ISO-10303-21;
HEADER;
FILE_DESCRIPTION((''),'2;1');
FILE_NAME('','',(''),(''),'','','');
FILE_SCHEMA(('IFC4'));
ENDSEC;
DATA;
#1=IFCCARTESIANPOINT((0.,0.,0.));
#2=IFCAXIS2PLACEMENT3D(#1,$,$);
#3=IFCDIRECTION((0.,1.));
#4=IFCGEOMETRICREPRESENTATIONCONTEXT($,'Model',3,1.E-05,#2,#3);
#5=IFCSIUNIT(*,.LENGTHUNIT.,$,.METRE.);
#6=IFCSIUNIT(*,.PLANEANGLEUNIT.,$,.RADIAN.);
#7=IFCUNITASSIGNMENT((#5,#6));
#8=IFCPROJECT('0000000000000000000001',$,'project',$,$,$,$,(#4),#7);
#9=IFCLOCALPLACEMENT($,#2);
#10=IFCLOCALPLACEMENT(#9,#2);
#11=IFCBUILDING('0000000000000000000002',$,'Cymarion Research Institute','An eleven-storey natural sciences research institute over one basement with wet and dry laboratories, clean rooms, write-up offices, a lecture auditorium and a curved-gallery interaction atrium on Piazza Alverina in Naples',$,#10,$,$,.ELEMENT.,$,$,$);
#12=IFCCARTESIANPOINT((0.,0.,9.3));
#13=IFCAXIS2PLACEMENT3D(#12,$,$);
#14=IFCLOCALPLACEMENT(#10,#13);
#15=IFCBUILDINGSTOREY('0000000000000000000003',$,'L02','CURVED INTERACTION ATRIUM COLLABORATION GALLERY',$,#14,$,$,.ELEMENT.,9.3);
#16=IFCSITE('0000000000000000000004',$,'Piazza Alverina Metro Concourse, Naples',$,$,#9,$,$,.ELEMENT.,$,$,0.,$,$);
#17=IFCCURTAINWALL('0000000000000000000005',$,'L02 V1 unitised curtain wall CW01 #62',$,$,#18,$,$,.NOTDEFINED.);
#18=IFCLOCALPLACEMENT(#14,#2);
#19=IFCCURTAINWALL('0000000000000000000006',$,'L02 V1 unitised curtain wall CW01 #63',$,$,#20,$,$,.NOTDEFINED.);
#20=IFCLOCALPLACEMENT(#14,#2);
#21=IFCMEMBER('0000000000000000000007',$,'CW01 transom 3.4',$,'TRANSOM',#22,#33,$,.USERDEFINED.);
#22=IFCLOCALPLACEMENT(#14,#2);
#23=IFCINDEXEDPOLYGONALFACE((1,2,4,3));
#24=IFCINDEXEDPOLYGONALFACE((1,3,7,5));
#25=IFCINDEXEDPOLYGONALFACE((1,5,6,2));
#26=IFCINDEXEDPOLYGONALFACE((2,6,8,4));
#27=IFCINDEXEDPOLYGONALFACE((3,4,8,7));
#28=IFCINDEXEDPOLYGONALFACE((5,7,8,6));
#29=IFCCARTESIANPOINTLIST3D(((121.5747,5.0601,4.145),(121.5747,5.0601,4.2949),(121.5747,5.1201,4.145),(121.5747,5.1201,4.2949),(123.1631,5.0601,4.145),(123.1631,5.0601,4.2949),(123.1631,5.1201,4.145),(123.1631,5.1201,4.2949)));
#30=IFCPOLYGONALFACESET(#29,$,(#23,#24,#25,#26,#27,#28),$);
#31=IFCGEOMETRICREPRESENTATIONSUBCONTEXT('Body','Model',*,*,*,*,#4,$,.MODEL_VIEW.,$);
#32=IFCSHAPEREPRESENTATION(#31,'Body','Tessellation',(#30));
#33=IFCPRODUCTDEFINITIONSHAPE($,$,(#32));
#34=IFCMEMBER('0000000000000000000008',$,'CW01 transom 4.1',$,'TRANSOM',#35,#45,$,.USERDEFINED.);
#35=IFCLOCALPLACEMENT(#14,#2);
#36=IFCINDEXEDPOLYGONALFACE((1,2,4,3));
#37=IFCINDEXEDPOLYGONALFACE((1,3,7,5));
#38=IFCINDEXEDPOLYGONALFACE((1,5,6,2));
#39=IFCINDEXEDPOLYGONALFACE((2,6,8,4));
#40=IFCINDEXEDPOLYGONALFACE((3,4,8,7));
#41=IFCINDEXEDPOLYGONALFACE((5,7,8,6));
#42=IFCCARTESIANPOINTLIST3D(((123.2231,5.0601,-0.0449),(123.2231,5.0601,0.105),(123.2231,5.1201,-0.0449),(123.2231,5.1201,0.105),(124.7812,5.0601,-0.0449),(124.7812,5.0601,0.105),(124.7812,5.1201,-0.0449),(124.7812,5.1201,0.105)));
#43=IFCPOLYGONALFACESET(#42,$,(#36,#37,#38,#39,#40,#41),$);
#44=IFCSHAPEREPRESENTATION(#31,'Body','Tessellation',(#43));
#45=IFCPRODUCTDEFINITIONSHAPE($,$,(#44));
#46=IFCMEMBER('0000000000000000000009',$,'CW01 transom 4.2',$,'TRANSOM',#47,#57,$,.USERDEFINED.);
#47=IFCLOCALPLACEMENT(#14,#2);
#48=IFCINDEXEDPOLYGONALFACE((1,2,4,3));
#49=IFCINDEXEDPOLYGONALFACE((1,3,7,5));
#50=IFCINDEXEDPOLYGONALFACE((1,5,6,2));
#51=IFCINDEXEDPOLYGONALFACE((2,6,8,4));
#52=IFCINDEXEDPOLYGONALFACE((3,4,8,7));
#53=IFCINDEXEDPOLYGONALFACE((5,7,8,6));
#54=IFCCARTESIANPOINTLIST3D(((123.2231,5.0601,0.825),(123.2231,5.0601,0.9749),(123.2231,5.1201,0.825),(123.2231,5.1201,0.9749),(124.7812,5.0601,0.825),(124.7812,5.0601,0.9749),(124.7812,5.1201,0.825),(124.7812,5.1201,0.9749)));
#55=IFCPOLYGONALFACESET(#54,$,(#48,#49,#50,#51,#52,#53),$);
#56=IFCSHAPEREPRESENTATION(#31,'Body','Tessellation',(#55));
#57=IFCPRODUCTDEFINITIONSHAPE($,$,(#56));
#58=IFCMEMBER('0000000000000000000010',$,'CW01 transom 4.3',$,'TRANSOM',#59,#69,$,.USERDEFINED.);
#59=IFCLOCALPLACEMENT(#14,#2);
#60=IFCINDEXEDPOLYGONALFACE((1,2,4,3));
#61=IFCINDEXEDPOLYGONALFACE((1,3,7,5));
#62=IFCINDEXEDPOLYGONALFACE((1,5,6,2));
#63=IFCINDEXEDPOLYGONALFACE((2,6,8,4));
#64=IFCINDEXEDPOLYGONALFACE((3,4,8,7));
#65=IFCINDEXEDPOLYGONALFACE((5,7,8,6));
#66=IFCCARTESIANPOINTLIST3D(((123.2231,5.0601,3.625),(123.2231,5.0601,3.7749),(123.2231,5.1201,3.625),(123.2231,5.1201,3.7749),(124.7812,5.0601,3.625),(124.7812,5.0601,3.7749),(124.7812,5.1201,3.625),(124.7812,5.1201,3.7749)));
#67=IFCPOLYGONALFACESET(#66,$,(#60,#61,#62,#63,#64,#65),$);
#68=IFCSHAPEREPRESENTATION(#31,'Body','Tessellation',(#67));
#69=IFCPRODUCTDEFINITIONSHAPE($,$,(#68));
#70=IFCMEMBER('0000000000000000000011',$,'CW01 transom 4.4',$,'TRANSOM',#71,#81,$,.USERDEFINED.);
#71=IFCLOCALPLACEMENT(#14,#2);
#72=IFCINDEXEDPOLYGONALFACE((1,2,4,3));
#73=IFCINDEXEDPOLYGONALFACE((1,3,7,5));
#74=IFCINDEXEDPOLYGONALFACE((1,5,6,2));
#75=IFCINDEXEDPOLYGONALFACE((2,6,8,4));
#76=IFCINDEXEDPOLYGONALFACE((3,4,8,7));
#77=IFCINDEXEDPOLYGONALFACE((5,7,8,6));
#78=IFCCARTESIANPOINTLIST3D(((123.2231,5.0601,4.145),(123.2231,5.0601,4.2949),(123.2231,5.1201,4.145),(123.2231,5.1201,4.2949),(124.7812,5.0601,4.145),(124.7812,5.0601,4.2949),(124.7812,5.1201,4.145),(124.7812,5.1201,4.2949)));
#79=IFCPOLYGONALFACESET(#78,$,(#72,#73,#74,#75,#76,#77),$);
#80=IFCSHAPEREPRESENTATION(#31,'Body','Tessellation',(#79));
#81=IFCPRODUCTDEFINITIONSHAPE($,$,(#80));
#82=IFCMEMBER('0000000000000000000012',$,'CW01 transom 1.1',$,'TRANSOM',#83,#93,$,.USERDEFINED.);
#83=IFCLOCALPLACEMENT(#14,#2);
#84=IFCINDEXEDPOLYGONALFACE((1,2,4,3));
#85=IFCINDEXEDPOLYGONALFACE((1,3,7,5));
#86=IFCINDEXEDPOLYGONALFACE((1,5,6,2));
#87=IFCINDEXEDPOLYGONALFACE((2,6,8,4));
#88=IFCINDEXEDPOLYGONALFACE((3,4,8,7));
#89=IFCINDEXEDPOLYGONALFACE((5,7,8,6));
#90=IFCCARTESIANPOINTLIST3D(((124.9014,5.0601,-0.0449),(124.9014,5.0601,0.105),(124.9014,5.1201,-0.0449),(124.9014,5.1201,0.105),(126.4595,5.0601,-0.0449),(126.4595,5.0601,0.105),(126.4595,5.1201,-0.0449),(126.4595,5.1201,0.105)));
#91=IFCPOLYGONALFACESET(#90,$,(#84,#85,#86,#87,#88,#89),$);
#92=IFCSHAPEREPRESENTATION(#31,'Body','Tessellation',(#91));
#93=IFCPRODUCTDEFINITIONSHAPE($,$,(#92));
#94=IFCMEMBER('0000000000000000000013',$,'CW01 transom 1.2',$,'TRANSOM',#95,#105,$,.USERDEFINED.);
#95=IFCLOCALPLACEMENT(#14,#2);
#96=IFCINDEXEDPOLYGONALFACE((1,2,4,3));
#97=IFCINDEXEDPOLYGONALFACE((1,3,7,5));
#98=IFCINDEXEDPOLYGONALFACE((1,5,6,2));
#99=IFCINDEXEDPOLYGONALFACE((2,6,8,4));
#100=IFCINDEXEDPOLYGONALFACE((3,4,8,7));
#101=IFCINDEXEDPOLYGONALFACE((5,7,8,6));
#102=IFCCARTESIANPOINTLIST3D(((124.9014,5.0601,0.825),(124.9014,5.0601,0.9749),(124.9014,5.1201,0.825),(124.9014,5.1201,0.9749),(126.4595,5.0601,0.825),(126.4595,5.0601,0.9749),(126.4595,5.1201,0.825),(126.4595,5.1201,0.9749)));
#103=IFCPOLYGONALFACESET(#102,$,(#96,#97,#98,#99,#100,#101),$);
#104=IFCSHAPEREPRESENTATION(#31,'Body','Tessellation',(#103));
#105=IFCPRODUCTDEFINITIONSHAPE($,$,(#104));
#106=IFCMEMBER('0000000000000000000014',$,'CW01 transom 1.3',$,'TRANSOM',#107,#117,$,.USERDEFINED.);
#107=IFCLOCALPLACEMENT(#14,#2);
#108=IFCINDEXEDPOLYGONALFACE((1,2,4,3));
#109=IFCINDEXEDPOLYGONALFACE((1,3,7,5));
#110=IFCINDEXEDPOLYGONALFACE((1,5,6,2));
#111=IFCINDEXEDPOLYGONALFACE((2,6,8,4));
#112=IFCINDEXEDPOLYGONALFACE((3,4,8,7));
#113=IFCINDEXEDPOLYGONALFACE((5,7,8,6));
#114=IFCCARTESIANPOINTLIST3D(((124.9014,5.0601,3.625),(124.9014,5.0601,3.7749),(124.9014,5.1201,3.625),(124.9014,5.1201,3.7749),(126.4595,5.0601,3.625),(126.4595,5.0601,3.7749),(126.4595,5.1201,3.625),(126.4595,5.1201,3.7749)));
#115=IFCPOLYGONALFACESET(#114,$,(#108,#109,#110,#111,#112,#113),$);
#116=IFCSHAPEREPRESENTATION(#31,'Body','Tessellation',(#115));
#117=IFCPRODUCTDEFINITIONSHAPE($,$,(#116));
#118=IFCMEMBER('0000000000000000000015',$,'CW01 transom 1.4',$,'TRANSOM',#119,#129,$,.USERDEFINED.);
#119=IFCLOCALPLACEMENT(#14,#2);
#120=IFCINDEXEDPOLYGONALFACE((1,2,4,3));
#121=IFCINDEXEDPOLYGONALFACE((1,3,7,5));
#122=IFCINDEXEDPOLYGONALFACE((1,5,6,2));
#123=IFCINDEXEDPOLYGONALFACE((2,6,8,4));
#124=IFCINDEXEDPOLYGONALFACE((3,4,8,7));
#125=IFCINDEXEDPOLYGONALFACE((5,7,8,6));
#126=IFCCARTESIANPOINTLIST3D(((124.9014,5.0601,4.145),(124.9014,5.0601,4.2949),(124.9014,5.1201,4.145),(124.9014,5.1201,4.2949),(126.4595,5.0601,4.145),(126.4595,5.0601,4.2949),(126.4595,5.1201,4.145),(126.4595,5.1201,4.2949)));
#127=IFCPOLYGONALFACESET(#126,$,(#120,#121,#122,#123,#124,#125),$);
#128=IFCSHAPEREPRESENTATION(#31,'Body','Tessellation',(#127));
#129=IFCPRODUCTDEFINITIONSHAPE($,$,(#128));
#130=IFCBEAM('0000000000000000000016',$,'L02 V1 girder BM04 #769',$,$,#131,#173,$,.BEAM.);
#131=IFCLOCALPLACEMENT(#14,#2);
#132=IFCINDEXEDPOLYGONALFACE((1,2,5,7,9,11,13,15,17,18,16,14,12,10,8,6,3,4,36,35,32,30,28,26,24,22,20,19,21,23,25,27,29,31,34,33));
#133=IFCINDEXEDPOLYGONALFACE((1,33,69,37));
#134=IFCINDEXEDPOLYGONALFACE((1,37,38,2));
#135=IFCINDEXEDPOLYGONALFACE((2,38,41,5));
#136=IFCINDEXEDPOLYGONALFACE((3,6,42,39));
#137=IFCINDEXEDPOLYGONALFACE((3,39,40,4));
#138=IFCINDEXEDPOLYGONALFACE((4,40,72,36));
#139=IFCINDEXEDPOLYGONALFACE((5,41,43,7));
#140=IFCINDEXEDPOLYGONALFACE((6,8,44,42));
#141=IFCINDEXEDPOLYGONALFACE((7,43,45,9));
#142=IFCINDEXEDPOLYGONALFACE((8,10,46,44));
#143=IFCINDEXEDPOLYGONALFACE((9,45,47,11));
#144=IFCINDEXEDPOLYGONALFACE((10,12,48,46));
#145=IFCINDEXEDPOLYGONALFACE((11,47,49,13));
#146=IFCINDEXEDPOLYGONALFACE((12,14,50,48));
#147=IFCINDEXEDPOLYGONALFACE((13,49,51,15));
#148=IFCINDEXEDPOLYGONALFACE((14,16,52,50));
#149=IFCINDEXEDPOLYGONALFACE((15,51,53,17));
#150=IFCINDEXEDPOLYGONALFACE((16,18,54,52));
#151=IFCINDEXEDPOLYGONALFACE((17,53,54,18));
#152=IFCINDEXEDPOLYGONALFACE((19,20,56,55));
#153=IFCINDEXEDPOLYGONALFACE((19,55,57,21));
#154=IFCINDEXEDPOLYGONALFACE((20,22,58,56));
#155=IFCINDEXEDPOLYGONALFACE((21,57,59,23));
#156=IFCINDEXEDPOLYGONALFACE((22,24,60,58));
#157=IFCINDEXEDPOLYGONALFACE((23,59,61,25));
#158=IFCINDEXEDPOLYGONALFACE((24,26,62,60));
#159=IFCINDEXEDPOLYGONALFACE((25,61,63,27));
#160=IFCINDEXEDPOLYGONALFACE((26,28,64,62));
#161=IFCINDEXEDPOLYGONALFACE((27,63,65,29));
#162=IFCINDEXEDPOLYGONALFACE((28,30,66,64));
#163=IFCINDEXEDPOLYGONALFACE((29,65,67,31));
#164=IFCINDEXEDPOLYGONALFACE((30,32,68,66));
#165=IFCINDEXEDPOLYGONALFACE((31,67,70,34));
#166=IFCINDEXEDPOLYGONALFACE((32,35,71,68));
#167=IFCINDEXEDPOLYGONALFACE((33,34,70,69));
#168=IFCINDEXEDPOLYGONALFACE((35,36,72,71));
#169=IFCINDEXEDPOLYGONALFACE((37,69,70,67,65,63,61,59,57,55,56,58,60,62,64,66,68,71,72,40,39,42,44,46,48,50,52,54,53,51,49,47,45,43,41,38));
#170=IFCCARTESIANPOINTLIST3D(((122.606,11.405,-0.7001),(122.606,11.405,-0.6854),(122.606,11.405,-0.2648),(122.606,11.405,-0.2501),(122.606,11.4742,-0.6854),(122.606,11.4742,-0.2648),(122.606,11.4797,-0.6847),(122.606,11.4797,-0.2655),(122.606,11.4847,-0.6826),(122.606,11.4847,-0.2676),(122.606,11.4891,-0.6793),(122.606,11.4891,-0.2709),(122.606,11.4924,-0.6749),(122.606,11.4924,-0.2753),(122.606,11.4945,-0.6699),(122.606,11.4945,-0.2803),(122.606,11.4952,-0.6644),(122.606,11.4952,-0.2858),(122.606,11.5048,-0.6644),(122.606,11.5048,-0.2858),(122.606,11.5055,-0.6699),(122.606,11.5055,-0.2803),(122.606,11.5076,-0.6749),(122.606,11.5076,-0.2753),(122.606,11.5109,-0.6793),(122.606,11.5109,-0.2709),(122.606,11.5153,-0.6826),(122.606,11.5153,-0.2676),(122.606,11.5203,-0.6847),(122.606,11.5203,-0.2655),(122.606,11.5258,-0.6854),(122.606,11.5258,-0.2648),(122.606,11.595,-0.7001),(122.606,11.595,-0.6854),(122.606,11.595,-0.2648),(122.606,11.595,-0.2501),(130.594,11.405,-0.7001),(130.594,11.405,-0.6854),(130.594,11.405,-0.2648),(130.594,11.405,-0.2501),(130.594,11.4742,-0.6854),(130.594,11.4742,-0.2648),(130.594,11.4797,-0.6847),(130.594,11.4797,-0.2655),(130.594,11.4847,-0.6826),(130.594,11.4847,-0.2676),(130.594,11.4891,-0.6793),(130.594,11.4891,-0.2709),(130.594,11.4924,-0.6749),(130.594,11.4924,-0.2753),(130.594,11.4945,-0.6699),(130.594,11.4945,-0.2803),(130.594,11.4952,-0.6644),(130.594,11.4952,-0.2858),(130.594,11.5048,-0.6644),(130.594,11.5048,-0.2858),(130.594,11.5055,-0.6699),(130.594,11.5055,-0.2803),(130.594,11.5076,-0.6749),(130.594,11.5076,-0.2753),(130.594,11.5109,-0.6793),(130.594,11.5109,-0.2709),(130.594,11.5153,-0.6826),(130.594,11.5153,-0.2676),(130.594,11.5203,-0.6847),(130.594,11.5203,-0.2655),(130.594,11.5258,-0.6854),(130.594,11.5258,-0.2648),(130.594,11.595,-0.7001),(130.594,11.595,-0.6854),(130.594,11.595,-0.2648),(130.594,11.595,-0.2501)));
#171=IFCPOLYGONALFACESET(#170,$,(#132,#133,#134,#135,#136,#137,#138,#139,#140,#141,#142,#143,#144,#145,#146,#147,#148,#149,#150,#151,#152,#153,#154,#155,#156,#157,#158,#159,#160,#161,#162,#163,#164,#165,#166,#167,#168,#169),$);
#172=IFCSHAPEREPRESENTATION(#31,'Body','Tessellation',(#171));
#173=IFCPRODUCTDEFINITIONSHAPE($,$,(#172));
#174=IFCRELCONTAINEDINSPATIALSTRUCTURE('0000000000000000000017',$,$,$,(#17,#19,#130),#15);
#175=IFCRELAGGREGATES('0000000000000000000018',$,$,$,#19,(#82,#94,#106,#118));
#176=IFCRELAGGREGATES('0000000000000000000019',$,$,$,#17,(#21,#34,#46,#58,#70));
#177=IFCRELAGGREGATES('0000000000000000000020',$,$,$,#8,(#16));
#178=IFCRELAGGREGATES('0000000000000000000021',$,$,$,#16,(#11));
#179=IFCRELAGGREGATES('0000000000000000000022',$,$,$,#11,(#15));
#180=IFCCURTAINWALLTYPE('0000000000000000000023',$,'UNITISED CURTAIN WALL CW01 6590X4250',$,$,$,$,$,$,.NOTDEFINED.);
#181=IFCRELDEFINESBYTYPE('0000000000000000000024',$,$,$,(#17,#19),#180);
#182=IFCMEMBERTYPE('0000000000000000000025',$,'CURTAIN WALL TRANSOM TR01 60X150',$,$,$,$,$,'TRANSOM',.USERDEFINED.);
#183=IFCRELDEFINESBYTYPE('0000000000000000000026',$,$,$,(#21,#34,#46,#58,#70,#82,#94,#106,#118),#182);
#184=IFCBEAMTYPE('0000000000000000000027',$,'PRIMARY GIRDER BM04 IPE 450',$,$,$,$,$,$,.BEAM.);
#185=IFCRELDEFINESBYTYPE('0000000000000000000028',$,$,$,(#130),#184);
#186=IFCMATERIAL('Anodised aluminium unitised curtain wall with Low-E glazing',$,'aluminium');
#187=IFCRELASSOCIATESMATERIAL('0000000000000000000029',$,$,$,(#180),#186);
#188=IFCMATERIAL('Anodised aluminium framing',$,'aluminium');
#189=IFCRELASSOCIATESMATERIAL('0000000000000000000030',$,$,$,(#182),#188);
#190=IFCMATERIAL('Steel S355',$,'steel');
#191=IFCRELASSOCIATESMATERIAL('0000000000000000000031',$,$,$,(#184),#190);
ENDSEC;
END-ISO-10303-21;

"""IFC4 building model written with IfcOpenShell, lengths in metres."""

from ifc_helpers import new_model, si_unit, direction, frame, origin, origin_2d, place, context, subcontext, project, spatial, rectangle, i_section, extrude, material, material_profile, profile_set, type_object, element, aggregate, save


model = new_model("IFC4")

# Units and contexts
model_context = context("Model", 3, precision=1e-05, world=origin(), true_north=direction((0.0, 1.0)))
body_context = subcontext(model_context, "Body", "Model", "MODEL_VIEW")
ifc_project = project(units=[si_unit("LENGTHUNIT", "METRE"), si_unit("PLANEANGLEUNIT", "RADIAN")], contexts=[model_context])

# Site, building, storey
site_placement = place(None, origin())
site = spatial("IfcSite", under=ifc_project, at=site_placement, Name="Piazza Alverina Metro Concourse, Naples", CompositionType="ELEMENT", RefElevation=0.0)
building_placement = place(site_placement, origin())
building = spatial("IfcBuilding", under=site, at=building_placement, Name="Cymarion Research Institute", Description="An eleven-storey natural sciences research institute over one basement with wet and dry laboratories, clean rooms, write-up offices, a lecture auditorium and a curved-gallery interaction atrium on Piazza Alverina in Naples", CompositionType="ELEMENT")
storey_placement = place(building_placement, frame((0.0, 0.0, 9.3)))
storey = spatial("IfcBuildingStorey", under=building, at=storey_placement, Name="L02", Description="CURVED INTERACTION ATRIUM COLLABORATION GALLERY", CompositionType="ELEMENT", Elevation=9.3)

# Shared definitions
ifc_material_1 = material(Name="Steel S355", Category="steel")

# Curtain wall
ifc_material_2 = material(Name="Anodised aluminium unitised curtain wall with Low-E glazing", Category="aluminium")
curtain_wall_type = type_object("IfcCurtainWallType", Name="UNITISED CURTAIN WALL CW01 6590X4250", PredefinedType="NOTDEFINED", material=ifc_material_2)
curtain_wall_1_placement = place(storey_placement, origin())
curtain_wall_1 = element("IfcCurtainWall", 1, at=curtain_wall_1_placement, inside=storey, type_object=curtain_wall_type, Name="L02 V1 unitised curtain wall CW01 #62", PredefinedType="NOTDEFINED")
ifc_material_3 = material(Name="Anodised aluminium framing", Category="aluminium")

# Curtain wall
curtain_wall_2_placement = place(storey_placement, origin())
curtain_wall_2 = element("IfcCurtainWall", 2, at=curtain_wall_2_placement, inside=storey, type_object=curtain_wall_type, Name="L02 V1 unitised curtain wall CW01 #63", PredefinedType="NOTDEFINED")

# Members
ifc_material_profile_1 = material_profile(ifc_material_3, rectangle(XDim=0.0601, YDim=0.1499, at=origin_2d()), Name="ALU TRANSOM 60x150")
ifc_profile_set_1 = profile_set([ifc_material_profile_1], Name="Anodised aluminium framing")
member_type_1 = type_object("IfcMemberType", Name="CURTAIN WALL TRANSOM TR01 60X150", ElementType="TRANSOM", PredefinedType="USERDEFINED", material=ifc_profile_set_1)
member_1_placement = place(storey_placement, frame((121.5747, 5.0901, 4.22), z_axis=(1.0, 0.0, 0.0), x_axis=(0.0, 1.0, 0.0)))
member_1 = element("IfcMember", 3, at=member_1_placement, type_object=member_type_1, Name="CW01 transom 3.4", ObjectType="TRANSOM", PredefinedType="USERDEFINED", context=body_context, shape_type="SweptSolid", body=[
    extrude(rectangle(XDim=0.0601, YDim=0.1499, at=origin_2d()), origin(), (0.0, 0.0, 1.0), 1.5884),
])
member_2_placement = place(storey_placement, frame((123.2231, 5.0901, 0.03), z_axis=(1.0, 0.0, 0.0), x_axis=(0.0, 1.0, 0.0)))
member_2 = element("IfcMember", 4, at=member_2_placement, type_object=member_type_1, Name="CW01 transom 4.1", ObjectType="TRANSOM", PredefinedType="USERDEFINED", context=body_context, shape_type="SweptSolid", body=[
    extrude(rectangle(XDim=0.0601, YDim=0.1499, at=origin_2d()), origin(), (0.0, 0.0, 1.0), 1.5581),
])
member_3_placement = place(storey_placement, frame((123.2231, 5.0901, 0.8999), z_axis=(1.0, 0.0, 0.0), x_axis=(0.0, 1.0, 0.0)))
member_3 = element("IfcMember", 5, at=member_3_placement, type_object=member_type_1, Name="CW01 transom 4.2", ObjectType="TRANSOM", PredefinedType="USERDEFINED", context=body_context, shape_type="SweptSolid", body=[
    extrude(rectangle(XDim=0.0601, YDim=0.1499, at=origin_2d()), origin(), (0.0, 0.0, 1.0), 1.5581),
])
member_4_placement = place(storey_placement, frame((123.2231, 5.0901, 3.7), z_axis=(1.0, 0.0, 0.0), x_axis=(0.0, 1.0, 0.0)))
member_4 = element("IfcMember", 6, at=member_4_placement, type_object=member_type_1, Name="CW01 transom 4.3", ObjectType="TRANSOM", PredefinedType="USERDEFINED", context=body_context, shape_type="SweptSolid", body=[
    extrude(rectangle(XDim=0.0601, YDim=0.1499, at=origin_2d()), origin(), (0.0, 0.0, 1.0), 1.5581),
])
member_5_placement = place(storey_placement, frame((123.2231, 5.0901, 4.22), z_axis=(1.0, 0.0, 0.0), x_axis=(0.0, 1.0, 0.0)))
member_5 = element("IfcMember", 7, at=member_5_placement, type_object=member_type_1, Name="CW01 transom 4.4", ObjectType="TRANSOM", PredefinedType="USERDEFINED", context=body_context, shape_type="SweptSolid", body=[
    extrude(rectangle(XDim=0.0601, YDim=0.1499, at=origin_2d()), origin(), (0.0, 0.0, 1.0), 1.5581),
])
member_6_placement = place(storey_placement, frame((124.9014, 5.0901, 0.03), z_axis=(1.0, 0.0, 0.0), x_axis=(0.0, 1.0, 0.0)))
member_6 = element("IfcMember", 8, at=member_6_placement, type_object=member_type_1, Name="CW01 transom 1.1", ObjectType="TRANSOM", PredefinedType="USERDEFINED", context=body_context, shape_type="SweptSolid", body=[
    extrude(rectangle(XDim=0.0601, YDim=0.1499, at=origin_2d()), origin(), (0.0, 0.0, 1.0), 1.5581),
])
member_7_placement = place(storey_placement, frame((124.9014, 5.0901, 0.8999), z_axis=(1.0, 0.0, 0.0), x_axis=(0.0, 1.0, 0.0)))
member_7 = element("IfcMember", 9, at=member_7_placement, type_object=member_type_1, Name="CW01 transom 1.2", ObjectType="TRANSOM", PredefinedType="USERDEFINED", context=body_context, shape_type="SweptSolid", body=[
    extrude(rectangle(XDim=0.0601, YDim=0.1499, at=origin_2d()), origin(), (0.0, 0.0, 1.0), 1.5581),
])
member_8_placement = place(storey_placement, frame((124.9014, 5.0901, 3.7), z_axis=(1.0, 0.0, 0.0), x_axis=(0.0, 1.0, 0.0)))
member_8 = element("IfcMember", 10, at=member_8_placement, type_object=member_type_1, Name="CW01 transom 1.3", ObjectType="TRANSOM", PredefinedType="USERDEFINED", context=body_context, shape_type="SweptSolid", body=[
    extrude(rectangle(XDim=0.0601, YDim=0.1499, at=origin_2d()), origin(), (0.0, 0.0, 1.0), 1.5581),
])
member_9_placement = place(storey_placement, frame((124.9014, 5.0901, 4.22), z_axis=(1.0, 0.0, 0.0), x_axis=(0.0, 1.0, 0.0)))
member_9 = element("IfcMember", 11, at=member_9_placement, type_object=member_type_1, Name="CW01 transom 1.4", ObjectType="TRANSOM", PredefinedType="USERDEFINED", context=body_context, shape_type="SweptSolid", body=[
    extrude(rectangle(XDim=0.0601, YDim=0.1499, at=origin_2d()), origin(), (0.0, 0.0, 1.0), 1.5581),
])
aggregate(curtain_wall_2, [member_6, member_7, member_8, member_9])

# Beam
ifc_material_profile_2 = material_profile(ifc_material_1, i_section(OverallWidth=0.1899, OverallDepth=0.45, WebThickness=0.0095, FlangeThickness=0.0146, FilletRadius=0.021, at=origin_2d()), Name="IPE 450")
ifc_profile_set_2 = profile_set([ifc_material_profile_2], Name="Steel S355")
beam_type_1 = type_object("IfcBeamType", Name="PRIMARY GIRDER BM04 IPE 450", PredefinedType="BEAM", material=ifc_profile_set_2)
beam_1_placement = place(storey_placement, frame((122.606, 11.5, -0.4751), z_axis=(1.0, 0.0, 0.0), x_axis=(0.0, 1.0, 0.0)))
element("IfcBeam", 12, at=beam_1_placement, inside=storey, type_object=beam_type_1, Name="L02 V1 girder BM04 #769", PredefinedType="BEAM", context=body_context, shape_type="SweptSolid", body=[
    extrude(i_section(OverallWidth=0.1899, OverallDepth=0.45, WebThickness=0.0095, FlangeThickness=0.0146, FilletRadius=0.021, at=origin_2d()), origin(), (0.0, 0.0, 1.0), 7.988),
])

aggregate(curtain_wall_1, [member_1, member_2, member_3, member_4, member_5])

save(model, "model.ifc")
